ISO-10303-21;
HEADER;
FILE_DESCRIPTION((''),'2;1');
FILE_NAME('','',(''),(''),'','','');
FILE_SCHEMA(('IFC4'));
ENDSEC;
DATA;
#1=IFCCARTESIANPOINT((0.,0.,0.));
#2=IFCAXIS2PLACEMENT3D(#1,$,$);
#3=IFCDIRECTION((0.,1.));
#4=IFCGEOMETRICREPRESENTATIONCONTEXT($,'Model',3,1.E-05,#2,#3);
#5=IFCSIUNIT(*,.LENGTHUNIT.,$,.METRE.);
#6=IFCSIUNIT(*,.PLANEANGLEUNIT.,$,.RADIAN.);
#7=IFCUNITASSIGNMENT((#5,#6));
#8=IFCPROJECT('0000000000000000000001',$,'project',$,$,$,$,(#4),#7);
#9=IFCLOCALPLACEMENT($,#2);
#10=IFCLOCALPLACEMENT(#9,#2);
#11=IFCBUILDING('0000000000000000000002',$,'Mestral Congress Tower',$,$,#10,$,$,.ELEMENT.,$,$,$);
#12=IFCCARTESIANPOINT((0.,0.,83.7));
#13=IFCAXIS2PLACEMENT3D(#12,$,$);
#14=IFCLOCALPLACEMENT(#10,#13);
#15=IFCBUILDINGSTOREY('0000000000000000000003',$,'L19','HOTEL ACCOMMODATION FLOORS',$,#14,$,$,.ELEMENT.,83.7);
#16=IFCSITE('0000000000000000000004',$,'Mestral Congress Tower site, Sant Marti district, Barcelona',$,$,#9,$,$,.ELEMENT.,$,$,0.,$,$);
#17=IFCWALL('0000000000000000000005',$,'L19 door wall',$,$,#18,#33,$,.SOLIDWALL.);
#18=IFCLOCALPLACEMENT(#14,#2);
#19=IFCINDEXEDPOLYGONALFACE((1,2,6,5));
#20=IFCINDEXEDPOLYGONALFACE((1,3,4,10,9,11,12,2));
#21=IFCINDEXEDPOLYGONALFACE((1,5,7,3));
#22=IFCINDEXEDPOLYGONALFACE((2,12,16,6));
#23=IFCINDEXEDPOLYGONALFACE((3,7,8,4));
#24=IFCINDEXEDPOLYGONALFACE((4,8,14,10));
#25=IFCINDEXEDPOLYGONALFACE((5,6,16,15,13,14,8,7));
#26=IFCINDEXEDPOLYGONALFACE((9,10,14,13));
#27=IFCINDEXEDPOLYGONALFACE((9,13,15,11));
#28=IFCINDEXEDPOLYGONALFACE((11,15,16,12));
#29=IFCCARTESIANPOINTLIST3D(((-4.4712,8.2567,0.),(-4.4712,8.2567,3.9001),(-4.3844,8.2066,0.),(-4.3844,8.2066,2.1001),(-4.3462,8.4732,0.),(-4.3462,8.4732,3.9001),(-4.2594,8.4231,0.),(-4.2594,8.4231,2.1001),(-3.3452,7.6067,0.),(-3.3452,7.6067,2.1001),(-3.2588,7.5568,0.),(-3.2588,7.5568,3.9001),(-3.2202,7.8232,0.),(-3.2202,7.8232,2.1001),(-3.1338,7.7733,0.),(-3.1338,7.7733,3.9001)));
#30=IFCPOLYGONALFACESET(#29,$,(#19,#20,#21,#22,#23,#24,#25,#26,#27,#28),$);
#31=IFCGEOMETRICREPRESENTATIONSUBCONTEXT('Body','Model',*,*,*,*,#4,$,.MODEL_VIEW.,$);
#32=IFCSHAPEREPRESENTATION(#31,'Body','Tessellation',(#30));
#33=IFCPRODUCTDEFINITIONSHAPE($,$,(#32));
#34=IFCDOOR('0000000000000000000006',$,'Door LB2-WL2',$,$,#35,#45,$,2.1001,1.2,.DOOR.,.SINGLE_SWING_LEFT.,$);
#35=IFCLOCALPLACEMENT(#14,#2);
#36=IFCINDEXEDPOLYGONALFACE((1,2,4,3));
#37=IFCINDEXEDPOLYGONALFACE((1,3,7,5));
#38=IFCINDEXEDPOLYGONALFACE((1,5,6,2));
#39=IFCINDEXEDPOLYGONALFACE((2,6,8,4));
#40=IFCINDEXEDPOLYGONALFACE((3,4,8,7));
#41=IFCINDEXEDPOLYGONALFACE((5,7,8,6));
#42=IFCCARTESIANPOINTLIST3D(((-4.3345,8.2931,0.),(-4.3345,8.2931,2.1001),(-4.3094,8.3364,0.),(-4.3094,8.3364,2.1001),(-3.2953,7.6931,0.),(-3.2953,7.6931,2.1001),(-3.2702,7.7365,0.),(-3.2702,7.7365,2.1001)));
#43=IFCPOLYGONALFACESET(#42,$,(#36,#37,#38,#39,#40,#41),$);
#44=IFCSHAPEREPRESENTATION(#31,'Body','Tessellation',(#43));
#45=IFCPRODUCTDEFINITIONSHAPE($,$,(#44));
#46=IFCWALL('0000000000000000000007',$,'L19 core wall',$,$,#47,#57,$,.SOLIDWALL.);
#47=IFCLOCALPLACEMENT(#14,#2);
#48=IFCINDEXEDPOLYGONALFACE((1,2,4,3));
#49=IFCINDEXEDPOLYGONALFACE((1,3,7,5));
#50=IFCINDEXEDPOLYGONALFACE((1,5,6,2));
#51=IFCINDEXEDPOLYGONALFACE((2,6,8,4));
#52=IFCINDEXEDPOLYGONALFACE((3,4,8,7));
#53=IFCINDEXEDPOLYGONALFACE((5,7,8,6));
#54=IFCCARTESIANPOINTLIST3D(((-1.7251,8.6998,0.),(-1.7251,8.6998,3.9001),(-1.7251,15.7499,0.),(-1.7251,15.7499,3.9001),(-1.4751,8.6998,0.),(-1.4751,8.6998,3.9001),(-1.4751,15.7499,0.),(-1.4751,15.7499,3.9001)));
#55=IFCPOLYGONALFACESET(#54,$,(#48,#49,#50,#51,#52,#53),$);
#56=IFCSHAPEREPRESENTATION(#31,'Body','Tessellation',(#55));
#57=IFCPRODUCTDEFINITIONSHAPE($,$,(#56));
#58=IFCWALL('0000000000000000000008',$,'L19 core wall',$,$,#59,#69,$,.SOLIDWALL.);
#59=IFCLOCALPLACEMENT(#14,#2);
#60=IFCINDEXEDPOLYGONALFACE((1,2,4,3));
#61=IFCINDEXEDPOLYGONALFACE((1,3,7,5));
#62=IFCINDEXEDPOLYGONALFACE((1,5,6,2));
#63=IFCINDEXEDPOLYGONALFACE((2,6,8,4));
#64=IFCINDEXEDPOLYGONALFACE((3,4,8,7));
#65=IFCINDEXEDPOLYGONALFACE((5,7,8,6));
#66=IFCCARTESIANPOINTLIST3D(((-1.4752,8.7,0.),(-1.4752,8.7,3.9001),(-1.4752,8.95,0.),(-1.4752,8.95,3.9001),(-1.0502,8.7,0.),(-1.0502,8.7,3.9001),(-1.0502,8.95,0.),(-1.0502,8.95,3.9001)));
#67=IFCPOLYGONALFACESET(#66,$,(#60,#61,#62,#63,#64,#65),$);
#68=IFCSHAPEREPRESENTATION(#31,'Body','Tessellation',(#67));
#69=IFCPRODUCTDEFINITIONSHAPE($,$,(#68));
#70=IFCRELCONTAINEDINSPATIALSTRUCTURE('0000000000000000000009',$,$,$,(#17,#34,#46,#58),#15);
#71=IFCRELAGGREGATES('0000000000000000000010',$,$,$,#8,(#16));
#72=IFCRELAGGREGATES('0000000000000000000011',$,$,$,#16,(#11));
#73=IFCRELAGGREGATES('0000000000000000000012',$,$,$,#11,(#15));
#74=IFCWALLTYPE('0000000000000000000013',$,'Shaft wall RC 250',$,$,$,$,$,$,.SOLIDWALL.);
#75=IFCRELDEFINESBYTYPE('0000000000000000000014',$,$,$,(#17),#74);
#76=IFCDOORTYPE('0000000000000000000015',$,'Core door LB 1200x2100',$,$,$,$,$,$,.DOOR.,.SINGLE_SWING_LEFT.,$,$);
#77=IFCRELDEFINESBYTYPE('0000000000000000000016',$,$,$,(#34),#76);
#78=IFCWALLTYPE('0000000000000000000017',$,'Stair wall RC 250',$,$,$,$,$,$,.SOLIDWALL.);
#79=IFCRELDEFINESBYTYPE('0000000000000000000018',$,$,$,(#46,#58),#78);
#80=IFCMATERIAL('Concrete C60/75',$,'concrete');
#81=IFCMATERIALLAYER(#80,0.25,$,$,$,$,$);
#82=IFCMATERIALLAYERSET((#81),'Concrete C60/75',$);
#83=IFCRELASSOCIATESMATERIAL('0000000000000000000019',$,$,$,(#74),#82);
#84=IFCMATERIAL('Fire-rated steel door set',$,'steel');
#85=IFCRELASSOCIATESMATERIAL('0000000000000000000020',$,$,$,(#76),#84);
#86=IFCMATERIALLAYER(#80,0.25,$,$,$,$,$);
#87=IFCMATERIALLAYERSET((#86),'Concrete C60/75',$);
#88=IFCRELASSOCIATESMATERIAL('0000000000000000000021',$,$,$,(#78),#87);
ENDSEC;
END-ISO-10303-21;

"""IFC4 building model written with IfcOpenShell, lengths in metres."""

from ifc_helpers import new_model, si_unit, direction, frame, frame_2d, origin, place, context, subcontext, project, spatial, rectangle, extrude, material, layer, layer_set, type_object, element, fill, save


model = new_model("IFC4")

# Units and contexts
model_context = context("Model", 3, precision=1e-05, world=origin(), true_north=direction((0.0, 1.0)))
body_context = subcontext(model_context, "Body", "Model", "MODEL_VIEW")
ifc_project = project(units=[si_unit("LENGTHUNIT", "METRE"), si_unit("PLANEANGLEUNIT", "RADIAN")], contexts=[model_context])

# Site, building, storey
site_placement = place(None, origin())
site = spatial("IfcSite", under=ifc_project, at=site_placement, Name="Mestral Congress Tower site, Sant Marti district, Barcelona", CompositionType="ELEMENT", RefElevation=0.0)
building_placement = place(site_placement, origin())
building = spatial("IfcBuilding", under=site, at=building_placement, Name="Mestral Congress Tower", CompositionType="ELEMENT")
storey_placement = place(building_placement, frame((0.0, 0.0, 83.7)))
storey = spatial("IfcBuildingStorey", under=building, at=storey_placement, Name="L19", Description="HOTEL ACCOMMODATION FLOORS", CompositionType="ELEMENT", Elevation=83.7)

# Shared definitions
ifc_material_1 = material(Name="Fire-rated steel door set", Category="steel")

# Shared definitions
ifc_material_2 = material(Name="Concrete C60/75", Category="concrete")
ifc_layer_1 = layer(ifc_material_2, 0.25)
ifc_layer_set_1 = layer_set([ifc_layer_1], Name="Concrete C60/75")
wall_type_1 = type_object("IfcWallType", Name="Shaft wall RC 250", PredefinedType="SOLIDWALL", material=ifc_layer_set_1)

# Wall, opening, door
wall_1_placement = place(storey_placement, frame((-4.4087, 8.365, 0.0), z_axis=(0.0, 0.0, 1.0), x_axis=(0.866035, -0.499984, 0.0)))
wall_1 = element("IfcWall", 1, at=wall_1_placement, inside=storey, type_object=wall_type_1, Name="L19 door wall", PredefinedType="SOLIDWALL", context=body_context, shape_type="SweptSolid", body=[
    extrude(rectangle(XDim=1.3999, YDim=0.25, at=frame_2d((0.7, 0.0))), origin(), (0.0, 0.0, 1.0), 3.9001),
])
opening_1_placement = place(wall_1_placement, frame((0.1001, 0.0, 0.0)))
opening_1 = element("IfcOpeningElement", 2, at=opening_1_placement, cuts=wall_1, PredefinedType="OPENING", context=body_context, shape_type="SweptSolid", body=[
    extrude(rectangle(XDim=1.2, YDim=2.1001, at=frame_2d((0.6001, 1.05))), frame((0.0, 0.135, 0.0), z_axis=(0.0, -1.0, 0.0), x_axis=(1.0, 0.0, 0.0)), (0.0, 0.0, 1.0), 0.27),
])
door_type_1 = type_object("IfcDoorType", Name="Core door LB 1200x2100", OperationType="SINGLE_SWING_LEFT", PredefinedType="DOOR", material=ifc_material_1)
door_1_placement = place(opening_1_placement, origin())
door_1 = element("IfcDoor", 3, at=door_1_placement, inside=storey, type_object=door_type_1, Name="Door LB2-WL2", OperationType="SINGLE_SWING_LEFT", OverallHeight=2.1001, OverallWidth=1.2, PredefinedType="DOOR", context=body_context, shape_type="SweptSolid", body=[
    extrude(rectangle(XDim=1.2, YDim=2.1001, at=frame_2d((0.6001, 1.05))), frame((0.0, 0.0249, 0.0), z_axis=(0.0, -1.0, 0.0), x_axis=(1.0, 0.0, 0.0)), (0.0, 0.0, 1.0), 0.05),
])
fill(opening_1, door_1)

# Walls
ifc_layer_2 = layer(ifc_material_2, 0.25)
ifc_layer_set_2 = layer_set([ifc_layer_2], Name="Concrete C60/75")
wall_type_2 = type_object("IfcWallType", Name="Stair wall RC 250", PredefinedType="SOLIDWALL", material=ifc_layer_set_2)
wall_2_placement = place(storey_placement, frame((-1.6001, 8.7, 0.0), z_axis=(0.0, 0.0, 1.0), x_axis=(0.0, 1.0, 0.0)))
element("IfcWall", 4, at=wall_2_placement, inside=storey, type_object=wall_type_2, Name="L19 core wall", PredefinedType="SOLIDWALL", context=body_context, shape_type="SweptSolid", body=[
    extrude(rectangle(XDim=7.05, YDim=0.25, at=frame_2d((3.5249, 0.0))), origin(), (0.0, 0.0, 1.0), 3.9001),
])
wall_3_placement = place(storey_placement, frame((-1.4751, 8.825, 0.0), z_axis=(0.0, 0.0, 1.0), x_axis=(1.0, 0.0, 0.0)))
element("IfcWall", 5, at=wall_3_placement, inside=storey, type_object=wall_type_2, Name="L19 core wall", PredefinedType="SOLIDWALL", context=body_context, shape_type="SweptSolid", body=[
    extrude(rectangle(XDim=0.425, YDim=0.25, at=frame_2d((0.2124, 0.0))), origin(), (0.0, 0.0, 1.0), 3.9001),
])

save(model, "model.ifc")
